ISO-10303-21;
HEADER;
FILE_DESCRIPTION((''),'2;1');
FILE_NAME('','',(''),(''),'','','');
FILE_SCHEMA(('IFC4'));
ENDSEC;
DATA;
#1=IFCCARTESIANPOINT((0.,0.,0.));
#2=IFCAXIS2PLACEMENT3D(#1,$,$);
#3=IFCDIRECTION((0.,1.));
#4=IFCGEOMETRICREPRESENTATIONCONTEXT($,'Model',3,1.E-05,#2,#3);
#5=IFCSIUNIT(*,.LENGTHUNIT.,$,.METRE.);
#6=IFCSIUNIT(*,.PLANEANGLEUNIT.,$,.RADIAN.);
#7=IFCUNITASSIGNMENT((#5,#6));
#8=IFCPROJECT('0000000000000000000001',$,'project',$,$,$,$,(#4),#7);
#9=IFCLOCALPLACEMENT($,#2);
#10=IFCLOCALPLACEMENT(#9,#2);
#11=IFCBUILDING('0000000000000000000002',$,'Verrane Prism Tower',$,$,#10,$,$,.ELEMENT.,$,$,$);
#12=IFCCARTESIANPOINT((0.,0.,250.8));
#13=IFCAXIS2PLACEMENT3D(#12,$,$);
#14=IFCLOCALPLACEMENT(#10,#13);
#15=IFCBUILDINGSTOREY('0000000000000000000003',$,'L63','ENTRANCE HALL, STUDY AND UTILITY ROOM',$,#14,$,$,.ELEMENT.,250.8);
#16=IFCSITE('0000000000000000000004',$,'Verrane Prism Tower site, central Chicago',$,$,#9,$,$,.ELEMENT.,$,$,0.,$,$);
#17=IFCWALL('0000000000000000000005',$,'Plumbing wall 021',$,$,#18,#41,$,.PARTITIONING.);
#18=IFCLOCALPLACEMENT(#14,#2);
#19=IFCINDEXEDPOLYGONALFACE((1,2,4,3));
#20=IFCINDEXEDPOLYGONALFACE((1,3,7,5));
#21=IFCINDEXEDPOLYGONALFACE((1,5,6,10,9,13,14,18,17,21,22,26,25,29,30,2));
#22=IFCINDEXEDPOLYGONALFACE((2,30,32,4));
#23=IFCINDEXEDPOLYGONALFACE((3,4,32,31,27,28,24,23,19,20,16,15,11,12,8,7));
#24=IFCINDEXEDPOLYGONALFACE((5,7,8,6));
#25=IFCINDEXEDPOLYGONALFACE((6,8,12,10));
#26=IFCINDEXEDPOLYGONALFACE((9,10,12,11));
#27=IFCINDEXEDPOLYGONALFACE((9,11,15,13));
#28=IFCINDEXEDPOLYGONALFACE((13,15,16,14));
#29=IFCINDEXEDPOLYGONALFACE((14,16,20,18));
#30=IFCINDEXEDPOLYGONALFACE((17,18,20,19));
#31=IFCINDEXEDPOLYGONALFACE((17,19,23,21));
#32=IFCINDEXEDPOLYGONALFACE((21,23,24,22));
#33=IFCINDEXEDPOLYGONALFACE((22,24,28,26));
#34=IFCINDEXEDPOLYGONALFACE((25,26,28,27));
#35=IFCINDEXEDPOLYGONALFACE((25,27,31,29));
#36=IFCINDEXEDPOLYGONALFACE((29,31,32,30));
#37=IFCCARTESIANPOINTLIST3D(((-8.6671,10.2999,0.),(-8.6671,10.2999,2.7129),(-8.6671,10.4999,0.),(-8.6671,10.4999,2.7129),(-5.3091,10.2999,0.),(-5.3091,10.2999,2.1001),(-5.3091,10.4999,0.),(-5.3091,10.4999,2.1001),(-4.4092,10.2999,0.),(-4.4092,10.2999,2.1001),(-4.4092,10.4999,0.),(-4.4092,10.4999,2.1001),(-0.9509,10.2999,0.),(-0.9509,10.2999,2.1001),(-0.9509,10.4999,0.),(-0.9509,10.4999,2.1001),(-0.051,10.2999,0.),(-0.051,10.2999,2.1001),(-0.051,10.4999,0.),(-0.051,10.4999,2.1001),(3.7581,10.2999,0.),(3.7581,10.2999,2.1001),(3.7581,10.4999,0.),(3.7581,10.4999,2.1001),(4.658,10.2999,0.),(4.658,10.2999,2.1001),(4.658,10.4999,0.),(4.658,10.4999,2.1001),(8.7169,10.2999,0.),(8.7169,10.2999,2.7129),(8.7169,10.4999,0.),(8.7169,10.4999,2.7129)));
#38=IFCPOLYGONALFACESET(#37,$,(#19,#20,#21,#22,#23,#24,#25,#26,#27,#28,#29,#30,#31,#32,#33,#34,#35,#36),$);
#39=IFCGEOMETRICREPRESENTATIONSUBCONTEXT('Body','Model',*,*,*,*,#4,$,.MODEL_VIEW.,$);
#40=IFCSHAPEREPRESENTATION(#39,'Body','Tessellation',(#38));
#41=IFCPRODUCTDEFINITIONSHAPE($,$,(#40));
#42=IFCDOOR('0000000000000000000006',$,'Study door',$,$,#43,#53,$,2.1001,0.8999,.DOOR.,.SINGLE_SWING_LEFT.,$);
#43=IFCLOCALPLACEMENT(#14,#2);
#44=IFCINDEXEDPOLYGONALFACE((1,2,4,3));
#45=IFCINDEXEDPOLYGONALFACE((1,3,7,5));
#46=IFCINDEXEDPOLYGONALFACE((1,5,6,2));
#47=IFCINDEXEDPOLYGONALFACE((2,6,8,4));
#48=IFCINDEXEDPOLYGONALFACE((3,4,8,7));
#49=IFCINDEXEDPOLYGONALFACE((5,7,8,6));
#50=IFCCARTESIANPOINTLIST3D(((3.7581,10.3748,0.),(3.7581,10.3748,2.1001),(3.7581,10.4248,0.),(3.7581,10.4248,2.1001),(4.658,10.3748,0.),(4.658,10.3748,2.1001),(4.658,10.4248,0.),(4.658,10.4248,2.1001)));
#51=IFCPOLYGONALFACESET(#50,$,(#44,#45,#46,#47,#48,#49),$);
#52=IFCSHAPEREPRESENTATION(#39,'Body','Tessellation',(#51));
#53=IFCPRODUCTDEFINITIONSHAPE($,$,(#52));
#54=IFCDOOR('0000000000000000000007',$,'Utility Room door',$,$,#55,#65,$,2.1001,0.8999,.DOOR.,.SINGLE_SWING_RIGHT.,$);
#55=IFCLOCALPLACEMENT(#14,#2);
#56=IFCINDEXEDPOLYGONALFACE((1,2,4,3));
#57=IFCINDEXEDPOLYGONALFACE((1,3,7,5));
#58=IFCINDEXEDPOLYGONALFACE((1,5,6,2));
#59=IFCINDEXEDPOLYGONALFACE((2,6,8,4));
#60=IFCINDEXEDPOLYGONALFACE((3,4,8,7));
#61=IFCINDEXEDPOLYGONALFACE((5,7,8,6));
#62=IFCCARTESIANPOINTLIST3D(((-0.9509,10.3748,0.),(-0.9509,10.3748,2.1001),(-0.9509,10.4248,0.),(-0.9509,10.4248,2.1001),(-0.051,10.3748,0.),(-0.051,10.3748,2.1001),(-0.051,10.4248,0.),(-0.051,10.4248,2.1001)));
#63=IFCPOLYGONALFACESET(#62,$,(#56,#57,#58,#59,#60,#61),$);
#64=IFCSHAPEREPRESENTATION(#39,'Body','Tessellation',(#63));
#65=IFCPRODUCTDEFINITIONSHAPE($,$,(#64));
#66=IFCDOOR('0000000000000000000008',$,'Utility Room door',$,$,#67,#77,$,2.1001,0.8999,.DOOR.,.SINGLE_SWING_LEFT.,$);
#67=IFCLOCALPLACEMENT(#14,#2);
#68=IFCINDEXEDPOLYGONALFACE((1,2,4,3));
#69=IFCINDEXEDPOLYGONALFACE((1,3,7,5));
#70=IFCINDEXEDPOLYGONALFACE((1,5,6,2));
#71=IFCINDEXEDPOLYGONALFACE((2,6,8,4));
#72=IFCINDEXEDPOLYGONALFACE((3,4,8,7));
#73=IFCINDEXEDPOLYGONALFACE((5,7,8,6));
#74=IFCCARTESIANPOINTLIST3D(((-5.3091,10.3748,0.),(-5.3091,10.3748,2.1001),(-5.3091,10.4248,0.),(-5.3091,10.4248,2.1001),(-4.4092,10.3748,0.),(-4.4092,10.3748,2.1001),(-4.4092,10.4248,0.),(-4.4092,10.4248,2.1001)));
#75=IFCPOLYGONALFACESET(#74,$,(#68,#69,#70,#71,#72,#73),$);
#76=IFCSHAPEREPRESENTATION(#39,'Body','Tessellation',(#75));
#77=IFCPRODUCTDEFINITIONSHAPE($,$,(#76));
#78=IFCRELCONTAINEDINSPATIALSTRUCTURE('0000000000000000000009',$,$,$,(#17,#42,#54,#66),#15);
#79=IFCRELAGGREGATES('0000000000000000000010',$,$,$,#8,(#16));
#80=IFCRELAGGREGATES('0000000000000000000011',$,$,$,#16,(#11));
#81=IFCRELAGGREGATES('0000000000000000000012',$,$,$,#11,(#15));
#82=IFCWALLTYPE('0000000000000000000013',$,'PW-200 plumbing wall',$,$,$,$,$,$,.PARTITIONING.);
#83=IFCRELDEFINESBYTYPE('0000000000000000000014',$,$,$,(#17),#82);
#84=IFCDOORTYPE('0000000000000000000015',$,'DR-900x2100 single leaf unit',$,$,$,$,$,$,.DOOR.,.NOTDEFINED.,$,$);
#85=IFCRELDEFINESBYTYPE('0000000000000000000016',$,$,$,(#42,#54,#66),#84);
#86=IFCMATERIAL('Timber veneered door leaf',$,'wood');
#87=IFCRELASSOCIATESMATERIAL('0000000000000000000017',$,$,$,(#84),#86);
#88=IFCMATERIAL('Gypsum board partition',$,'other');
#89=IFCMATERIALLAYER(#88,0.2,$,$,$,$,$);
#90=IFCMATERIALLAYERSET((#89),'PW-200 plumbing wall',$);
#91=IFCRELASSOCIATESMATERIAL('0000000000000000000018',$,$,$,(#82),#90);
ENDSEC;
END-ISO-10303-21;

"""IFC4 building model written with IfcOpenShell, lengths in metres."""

from ifc_helpers import new_model, si_unit, direction, frame, frame_2d, origin, place, context, subcontext, project, spatial, rectangle, extrude, material, layer, layer_set, type_object, element, fill, save


model = new_model("IFC4")

# Units and contexts
model_context = context("Model", 3, precision=1e-05, world=origin(), true_north=direction((0.0, 1.0)))
body_context = subcontext(model_context, "Body", "Model", "MODEL_VIEW")
ifc_project = project(units=[si_unit("LENGTHUNIT", "METRE"), si_unit("PLANEANGLEUNIT", "RADIAN")], contexts=[model_context])

# Site, building, storey
site_placement = place(None, origin())
site = spatial("IfcSite", under=ifc_project, at=site_placement, Name="Verrane Prism Tower site, central Chicago", CompositionType="ELEMENT", RefElevation=0.0)
building_placement = place(site_placement, origin())
building = spatial("IfcBuilding", under=site, at=building_placement, Name="Verrane Prism Tower", CompositionType="ELEMENT")
storey_placement = place(building_placement, frame((0.0, 0.0, 250.8)))
storey = spatial("IfcBuildingStorey", under=building, at=storey_placement, Name="L63", Description="ENTRANCE HALL, STUDY AND UTILITY ROOM", CompositionType="ELEMENT", Elevation=250.8)

# Shared definitions
ifc_material_1 = material(Name="Timber veneered door leaf", Category="wood")
door_type = type_object("IfcDoorType", Name="DR-900x2100 single leaf unit", OperationType="NOTDEFINED", PredefinedType="DOOR", material=ifc_material_1)

# Wall, openings, doors
ifc_material_2 = material(Name="Gypsum board partition", Category="other")
ifc_layer_1 = layer(ifc_material_2, 0.2)
ifc_layer_set_1 = layer_set([ifc_layer_1], Name="PW-200 plumbing wall")
wall_type_1 = type_object("IfcWallType", Name="PW-200 plumbing wall", PredefinedType="PARTITIONING", material=ifc_layer_set_1)
wall_1_placement = place(storey_placement, frame((-8.667, 10.3999, 0.0), z_axis=(0.0, 0.0, 1.0), x_axis=(1.0, 0.0, 0.0)))
wall_1 = element("IfcWall", 1, at=wall_1_placement, inside=storey, type_object=wall_type_1, Name="Plumbing wall 021", PredefinedType="PARTITIONING", context=body_context, shape_type="SweptSolid", body=[
    extrude(rectangle(XDim=17.384, YDim=0.2, at=frame_2d((8.6919, 0.0))), origin(), (0.0, 0.0, 1.0), 2.7129),
])
opening_1_placement = place(wall_1_placement, frame((12.425, 0.0, 0.0)))
opening_1 = element("IfcOpeningElement", 2, at=opening_1_placement, cuts=wall_1, PredefinedType="OPENING", context=body_context, shape_type="SweptSolid", body=[
    extrude(rectangle(XDim=0.8999, YDim=2.1001, at=frame_2d((0.45, 1.05))), frame((0.0, 0.1099, 0.0), z_axis=(0.0, -1.0, 0.0), x_axis=(1.0, 0.0, 0.0)), (0.0, 0.0, 1.0), 0.22),
])
opening_2_placement = place(wall_1_placement, frame((7.7161, 0.0, 0.0)))
opening_2 = element("IfcOpeningElement", 3, at=opening_2_placement, cuts=wall_1, PredefinedType="OPENING", context=body_context, shape_type="SweptSolid", body=[
    extrude(rectangle(XDim=0.8999, YDim=2.1001, at=frame_2d((0.45, 1.05))), frame((0.0, 0.1099, 0.0), z_axis=(0.0, -1.0, 0.0), x_axis=(1.0, 0.0, 0.0)), (0.0, 0.0, 1.0), 0.22),
])
opening_3_placement = place(wall_1_placement, frame((3.3579, 0.0, 0.0)))
opening_3 = element("IfcOpeningElement", 4, at=opening_3_placement, cuts=wall_1, PredefinedType="OPENING", context=body_context, shape_type="SweptSolid", body=[
    extrude(rectangle(XDim=0.8999, YDim=2.1001, at=frame_2d((0.45, 1.05))), frame((0.0, 0.1099, 0.0), z_axis=(0.0, -1.0, 0.0), x_axis=(1.0, 0.0, 0.0)), (0.0, 0.0, 1.0), 0.22),
])
door_1_placement = place(opening_1_placement, origin())
door_1 = element("IfcDoor", 5, at=door_1_placement, inside=storey, type_object=door_type, Name="Study door", OperationType="SINGLE_SWING_LEFT", OverallHeight=2.1001, OverallWidth=0.8999, PredefinedType="DOOR", context=body_context, shape_type="SweptSolid", body=[
    extrude(rectangle(XDim=0.8999, YDim=2.1001, at=frame_2d((0.45, 1.05))), frame((0.0, 0.0249, 0.0), z_axis=(0.0, -1.0, 0.0), x_axis=(1.0, 0.0, 0.0)), (0.0, 0.0, 1.0), 0.05),
])
fill(opening_1, door_1)
door_2_placement = place(opening_2_placement, origin())
door_2 = element("IfcDoor", 6, at=door_2_placement, inside=storey, type_object=door_type, Name="Utility Room door", OperationType="SINGLE_SWING_RIGHT", OverallHeight=2.1001, OverallWidth=0.8999, PredefinedType="DOOR", context=body_context, shape_type="SweptSolid", body=[
    extrude(rectangle(XDim=0.8999, YDim=2.1001, at=frame_2d((0.45, 1.05))), frame((0.0, 0.0249, 0.0), z_axis=(0.0, -1.0, 0.0), x_axis=(1.0, 0.0, 0.0)), (0.0, 0.0, 1.0), 0.05),
])
fill(opening_2, door_2)
door_3_placement = place(opening_3_placement, origin())
door_3 = element("IfcDoor", 7, at=door_3_placement, inside=storey, type_object=door_type, Name="Utility Room door", OperationType="SINGLE_SWING_LEFT", OverallHeight=2.1001, OverallWidth=0.8999, PredefinedType="DOOR", context=body_context, shape_type="SweptSolid", body=[
    extrude(rectangle(XDim=0.8999, YDim=2.1001, at=frame_2d((0.45, 1.05))), frame((0.0, 0.0249, 0.0), z_axis=(0.0, -1.0, 0.0), x_axis=(1.0, 0.0, 0.0)), (0.0, 0.0, 1.0), 0.05),
])
fill(opening_3, door_3)

save(model, "model.ifc")
